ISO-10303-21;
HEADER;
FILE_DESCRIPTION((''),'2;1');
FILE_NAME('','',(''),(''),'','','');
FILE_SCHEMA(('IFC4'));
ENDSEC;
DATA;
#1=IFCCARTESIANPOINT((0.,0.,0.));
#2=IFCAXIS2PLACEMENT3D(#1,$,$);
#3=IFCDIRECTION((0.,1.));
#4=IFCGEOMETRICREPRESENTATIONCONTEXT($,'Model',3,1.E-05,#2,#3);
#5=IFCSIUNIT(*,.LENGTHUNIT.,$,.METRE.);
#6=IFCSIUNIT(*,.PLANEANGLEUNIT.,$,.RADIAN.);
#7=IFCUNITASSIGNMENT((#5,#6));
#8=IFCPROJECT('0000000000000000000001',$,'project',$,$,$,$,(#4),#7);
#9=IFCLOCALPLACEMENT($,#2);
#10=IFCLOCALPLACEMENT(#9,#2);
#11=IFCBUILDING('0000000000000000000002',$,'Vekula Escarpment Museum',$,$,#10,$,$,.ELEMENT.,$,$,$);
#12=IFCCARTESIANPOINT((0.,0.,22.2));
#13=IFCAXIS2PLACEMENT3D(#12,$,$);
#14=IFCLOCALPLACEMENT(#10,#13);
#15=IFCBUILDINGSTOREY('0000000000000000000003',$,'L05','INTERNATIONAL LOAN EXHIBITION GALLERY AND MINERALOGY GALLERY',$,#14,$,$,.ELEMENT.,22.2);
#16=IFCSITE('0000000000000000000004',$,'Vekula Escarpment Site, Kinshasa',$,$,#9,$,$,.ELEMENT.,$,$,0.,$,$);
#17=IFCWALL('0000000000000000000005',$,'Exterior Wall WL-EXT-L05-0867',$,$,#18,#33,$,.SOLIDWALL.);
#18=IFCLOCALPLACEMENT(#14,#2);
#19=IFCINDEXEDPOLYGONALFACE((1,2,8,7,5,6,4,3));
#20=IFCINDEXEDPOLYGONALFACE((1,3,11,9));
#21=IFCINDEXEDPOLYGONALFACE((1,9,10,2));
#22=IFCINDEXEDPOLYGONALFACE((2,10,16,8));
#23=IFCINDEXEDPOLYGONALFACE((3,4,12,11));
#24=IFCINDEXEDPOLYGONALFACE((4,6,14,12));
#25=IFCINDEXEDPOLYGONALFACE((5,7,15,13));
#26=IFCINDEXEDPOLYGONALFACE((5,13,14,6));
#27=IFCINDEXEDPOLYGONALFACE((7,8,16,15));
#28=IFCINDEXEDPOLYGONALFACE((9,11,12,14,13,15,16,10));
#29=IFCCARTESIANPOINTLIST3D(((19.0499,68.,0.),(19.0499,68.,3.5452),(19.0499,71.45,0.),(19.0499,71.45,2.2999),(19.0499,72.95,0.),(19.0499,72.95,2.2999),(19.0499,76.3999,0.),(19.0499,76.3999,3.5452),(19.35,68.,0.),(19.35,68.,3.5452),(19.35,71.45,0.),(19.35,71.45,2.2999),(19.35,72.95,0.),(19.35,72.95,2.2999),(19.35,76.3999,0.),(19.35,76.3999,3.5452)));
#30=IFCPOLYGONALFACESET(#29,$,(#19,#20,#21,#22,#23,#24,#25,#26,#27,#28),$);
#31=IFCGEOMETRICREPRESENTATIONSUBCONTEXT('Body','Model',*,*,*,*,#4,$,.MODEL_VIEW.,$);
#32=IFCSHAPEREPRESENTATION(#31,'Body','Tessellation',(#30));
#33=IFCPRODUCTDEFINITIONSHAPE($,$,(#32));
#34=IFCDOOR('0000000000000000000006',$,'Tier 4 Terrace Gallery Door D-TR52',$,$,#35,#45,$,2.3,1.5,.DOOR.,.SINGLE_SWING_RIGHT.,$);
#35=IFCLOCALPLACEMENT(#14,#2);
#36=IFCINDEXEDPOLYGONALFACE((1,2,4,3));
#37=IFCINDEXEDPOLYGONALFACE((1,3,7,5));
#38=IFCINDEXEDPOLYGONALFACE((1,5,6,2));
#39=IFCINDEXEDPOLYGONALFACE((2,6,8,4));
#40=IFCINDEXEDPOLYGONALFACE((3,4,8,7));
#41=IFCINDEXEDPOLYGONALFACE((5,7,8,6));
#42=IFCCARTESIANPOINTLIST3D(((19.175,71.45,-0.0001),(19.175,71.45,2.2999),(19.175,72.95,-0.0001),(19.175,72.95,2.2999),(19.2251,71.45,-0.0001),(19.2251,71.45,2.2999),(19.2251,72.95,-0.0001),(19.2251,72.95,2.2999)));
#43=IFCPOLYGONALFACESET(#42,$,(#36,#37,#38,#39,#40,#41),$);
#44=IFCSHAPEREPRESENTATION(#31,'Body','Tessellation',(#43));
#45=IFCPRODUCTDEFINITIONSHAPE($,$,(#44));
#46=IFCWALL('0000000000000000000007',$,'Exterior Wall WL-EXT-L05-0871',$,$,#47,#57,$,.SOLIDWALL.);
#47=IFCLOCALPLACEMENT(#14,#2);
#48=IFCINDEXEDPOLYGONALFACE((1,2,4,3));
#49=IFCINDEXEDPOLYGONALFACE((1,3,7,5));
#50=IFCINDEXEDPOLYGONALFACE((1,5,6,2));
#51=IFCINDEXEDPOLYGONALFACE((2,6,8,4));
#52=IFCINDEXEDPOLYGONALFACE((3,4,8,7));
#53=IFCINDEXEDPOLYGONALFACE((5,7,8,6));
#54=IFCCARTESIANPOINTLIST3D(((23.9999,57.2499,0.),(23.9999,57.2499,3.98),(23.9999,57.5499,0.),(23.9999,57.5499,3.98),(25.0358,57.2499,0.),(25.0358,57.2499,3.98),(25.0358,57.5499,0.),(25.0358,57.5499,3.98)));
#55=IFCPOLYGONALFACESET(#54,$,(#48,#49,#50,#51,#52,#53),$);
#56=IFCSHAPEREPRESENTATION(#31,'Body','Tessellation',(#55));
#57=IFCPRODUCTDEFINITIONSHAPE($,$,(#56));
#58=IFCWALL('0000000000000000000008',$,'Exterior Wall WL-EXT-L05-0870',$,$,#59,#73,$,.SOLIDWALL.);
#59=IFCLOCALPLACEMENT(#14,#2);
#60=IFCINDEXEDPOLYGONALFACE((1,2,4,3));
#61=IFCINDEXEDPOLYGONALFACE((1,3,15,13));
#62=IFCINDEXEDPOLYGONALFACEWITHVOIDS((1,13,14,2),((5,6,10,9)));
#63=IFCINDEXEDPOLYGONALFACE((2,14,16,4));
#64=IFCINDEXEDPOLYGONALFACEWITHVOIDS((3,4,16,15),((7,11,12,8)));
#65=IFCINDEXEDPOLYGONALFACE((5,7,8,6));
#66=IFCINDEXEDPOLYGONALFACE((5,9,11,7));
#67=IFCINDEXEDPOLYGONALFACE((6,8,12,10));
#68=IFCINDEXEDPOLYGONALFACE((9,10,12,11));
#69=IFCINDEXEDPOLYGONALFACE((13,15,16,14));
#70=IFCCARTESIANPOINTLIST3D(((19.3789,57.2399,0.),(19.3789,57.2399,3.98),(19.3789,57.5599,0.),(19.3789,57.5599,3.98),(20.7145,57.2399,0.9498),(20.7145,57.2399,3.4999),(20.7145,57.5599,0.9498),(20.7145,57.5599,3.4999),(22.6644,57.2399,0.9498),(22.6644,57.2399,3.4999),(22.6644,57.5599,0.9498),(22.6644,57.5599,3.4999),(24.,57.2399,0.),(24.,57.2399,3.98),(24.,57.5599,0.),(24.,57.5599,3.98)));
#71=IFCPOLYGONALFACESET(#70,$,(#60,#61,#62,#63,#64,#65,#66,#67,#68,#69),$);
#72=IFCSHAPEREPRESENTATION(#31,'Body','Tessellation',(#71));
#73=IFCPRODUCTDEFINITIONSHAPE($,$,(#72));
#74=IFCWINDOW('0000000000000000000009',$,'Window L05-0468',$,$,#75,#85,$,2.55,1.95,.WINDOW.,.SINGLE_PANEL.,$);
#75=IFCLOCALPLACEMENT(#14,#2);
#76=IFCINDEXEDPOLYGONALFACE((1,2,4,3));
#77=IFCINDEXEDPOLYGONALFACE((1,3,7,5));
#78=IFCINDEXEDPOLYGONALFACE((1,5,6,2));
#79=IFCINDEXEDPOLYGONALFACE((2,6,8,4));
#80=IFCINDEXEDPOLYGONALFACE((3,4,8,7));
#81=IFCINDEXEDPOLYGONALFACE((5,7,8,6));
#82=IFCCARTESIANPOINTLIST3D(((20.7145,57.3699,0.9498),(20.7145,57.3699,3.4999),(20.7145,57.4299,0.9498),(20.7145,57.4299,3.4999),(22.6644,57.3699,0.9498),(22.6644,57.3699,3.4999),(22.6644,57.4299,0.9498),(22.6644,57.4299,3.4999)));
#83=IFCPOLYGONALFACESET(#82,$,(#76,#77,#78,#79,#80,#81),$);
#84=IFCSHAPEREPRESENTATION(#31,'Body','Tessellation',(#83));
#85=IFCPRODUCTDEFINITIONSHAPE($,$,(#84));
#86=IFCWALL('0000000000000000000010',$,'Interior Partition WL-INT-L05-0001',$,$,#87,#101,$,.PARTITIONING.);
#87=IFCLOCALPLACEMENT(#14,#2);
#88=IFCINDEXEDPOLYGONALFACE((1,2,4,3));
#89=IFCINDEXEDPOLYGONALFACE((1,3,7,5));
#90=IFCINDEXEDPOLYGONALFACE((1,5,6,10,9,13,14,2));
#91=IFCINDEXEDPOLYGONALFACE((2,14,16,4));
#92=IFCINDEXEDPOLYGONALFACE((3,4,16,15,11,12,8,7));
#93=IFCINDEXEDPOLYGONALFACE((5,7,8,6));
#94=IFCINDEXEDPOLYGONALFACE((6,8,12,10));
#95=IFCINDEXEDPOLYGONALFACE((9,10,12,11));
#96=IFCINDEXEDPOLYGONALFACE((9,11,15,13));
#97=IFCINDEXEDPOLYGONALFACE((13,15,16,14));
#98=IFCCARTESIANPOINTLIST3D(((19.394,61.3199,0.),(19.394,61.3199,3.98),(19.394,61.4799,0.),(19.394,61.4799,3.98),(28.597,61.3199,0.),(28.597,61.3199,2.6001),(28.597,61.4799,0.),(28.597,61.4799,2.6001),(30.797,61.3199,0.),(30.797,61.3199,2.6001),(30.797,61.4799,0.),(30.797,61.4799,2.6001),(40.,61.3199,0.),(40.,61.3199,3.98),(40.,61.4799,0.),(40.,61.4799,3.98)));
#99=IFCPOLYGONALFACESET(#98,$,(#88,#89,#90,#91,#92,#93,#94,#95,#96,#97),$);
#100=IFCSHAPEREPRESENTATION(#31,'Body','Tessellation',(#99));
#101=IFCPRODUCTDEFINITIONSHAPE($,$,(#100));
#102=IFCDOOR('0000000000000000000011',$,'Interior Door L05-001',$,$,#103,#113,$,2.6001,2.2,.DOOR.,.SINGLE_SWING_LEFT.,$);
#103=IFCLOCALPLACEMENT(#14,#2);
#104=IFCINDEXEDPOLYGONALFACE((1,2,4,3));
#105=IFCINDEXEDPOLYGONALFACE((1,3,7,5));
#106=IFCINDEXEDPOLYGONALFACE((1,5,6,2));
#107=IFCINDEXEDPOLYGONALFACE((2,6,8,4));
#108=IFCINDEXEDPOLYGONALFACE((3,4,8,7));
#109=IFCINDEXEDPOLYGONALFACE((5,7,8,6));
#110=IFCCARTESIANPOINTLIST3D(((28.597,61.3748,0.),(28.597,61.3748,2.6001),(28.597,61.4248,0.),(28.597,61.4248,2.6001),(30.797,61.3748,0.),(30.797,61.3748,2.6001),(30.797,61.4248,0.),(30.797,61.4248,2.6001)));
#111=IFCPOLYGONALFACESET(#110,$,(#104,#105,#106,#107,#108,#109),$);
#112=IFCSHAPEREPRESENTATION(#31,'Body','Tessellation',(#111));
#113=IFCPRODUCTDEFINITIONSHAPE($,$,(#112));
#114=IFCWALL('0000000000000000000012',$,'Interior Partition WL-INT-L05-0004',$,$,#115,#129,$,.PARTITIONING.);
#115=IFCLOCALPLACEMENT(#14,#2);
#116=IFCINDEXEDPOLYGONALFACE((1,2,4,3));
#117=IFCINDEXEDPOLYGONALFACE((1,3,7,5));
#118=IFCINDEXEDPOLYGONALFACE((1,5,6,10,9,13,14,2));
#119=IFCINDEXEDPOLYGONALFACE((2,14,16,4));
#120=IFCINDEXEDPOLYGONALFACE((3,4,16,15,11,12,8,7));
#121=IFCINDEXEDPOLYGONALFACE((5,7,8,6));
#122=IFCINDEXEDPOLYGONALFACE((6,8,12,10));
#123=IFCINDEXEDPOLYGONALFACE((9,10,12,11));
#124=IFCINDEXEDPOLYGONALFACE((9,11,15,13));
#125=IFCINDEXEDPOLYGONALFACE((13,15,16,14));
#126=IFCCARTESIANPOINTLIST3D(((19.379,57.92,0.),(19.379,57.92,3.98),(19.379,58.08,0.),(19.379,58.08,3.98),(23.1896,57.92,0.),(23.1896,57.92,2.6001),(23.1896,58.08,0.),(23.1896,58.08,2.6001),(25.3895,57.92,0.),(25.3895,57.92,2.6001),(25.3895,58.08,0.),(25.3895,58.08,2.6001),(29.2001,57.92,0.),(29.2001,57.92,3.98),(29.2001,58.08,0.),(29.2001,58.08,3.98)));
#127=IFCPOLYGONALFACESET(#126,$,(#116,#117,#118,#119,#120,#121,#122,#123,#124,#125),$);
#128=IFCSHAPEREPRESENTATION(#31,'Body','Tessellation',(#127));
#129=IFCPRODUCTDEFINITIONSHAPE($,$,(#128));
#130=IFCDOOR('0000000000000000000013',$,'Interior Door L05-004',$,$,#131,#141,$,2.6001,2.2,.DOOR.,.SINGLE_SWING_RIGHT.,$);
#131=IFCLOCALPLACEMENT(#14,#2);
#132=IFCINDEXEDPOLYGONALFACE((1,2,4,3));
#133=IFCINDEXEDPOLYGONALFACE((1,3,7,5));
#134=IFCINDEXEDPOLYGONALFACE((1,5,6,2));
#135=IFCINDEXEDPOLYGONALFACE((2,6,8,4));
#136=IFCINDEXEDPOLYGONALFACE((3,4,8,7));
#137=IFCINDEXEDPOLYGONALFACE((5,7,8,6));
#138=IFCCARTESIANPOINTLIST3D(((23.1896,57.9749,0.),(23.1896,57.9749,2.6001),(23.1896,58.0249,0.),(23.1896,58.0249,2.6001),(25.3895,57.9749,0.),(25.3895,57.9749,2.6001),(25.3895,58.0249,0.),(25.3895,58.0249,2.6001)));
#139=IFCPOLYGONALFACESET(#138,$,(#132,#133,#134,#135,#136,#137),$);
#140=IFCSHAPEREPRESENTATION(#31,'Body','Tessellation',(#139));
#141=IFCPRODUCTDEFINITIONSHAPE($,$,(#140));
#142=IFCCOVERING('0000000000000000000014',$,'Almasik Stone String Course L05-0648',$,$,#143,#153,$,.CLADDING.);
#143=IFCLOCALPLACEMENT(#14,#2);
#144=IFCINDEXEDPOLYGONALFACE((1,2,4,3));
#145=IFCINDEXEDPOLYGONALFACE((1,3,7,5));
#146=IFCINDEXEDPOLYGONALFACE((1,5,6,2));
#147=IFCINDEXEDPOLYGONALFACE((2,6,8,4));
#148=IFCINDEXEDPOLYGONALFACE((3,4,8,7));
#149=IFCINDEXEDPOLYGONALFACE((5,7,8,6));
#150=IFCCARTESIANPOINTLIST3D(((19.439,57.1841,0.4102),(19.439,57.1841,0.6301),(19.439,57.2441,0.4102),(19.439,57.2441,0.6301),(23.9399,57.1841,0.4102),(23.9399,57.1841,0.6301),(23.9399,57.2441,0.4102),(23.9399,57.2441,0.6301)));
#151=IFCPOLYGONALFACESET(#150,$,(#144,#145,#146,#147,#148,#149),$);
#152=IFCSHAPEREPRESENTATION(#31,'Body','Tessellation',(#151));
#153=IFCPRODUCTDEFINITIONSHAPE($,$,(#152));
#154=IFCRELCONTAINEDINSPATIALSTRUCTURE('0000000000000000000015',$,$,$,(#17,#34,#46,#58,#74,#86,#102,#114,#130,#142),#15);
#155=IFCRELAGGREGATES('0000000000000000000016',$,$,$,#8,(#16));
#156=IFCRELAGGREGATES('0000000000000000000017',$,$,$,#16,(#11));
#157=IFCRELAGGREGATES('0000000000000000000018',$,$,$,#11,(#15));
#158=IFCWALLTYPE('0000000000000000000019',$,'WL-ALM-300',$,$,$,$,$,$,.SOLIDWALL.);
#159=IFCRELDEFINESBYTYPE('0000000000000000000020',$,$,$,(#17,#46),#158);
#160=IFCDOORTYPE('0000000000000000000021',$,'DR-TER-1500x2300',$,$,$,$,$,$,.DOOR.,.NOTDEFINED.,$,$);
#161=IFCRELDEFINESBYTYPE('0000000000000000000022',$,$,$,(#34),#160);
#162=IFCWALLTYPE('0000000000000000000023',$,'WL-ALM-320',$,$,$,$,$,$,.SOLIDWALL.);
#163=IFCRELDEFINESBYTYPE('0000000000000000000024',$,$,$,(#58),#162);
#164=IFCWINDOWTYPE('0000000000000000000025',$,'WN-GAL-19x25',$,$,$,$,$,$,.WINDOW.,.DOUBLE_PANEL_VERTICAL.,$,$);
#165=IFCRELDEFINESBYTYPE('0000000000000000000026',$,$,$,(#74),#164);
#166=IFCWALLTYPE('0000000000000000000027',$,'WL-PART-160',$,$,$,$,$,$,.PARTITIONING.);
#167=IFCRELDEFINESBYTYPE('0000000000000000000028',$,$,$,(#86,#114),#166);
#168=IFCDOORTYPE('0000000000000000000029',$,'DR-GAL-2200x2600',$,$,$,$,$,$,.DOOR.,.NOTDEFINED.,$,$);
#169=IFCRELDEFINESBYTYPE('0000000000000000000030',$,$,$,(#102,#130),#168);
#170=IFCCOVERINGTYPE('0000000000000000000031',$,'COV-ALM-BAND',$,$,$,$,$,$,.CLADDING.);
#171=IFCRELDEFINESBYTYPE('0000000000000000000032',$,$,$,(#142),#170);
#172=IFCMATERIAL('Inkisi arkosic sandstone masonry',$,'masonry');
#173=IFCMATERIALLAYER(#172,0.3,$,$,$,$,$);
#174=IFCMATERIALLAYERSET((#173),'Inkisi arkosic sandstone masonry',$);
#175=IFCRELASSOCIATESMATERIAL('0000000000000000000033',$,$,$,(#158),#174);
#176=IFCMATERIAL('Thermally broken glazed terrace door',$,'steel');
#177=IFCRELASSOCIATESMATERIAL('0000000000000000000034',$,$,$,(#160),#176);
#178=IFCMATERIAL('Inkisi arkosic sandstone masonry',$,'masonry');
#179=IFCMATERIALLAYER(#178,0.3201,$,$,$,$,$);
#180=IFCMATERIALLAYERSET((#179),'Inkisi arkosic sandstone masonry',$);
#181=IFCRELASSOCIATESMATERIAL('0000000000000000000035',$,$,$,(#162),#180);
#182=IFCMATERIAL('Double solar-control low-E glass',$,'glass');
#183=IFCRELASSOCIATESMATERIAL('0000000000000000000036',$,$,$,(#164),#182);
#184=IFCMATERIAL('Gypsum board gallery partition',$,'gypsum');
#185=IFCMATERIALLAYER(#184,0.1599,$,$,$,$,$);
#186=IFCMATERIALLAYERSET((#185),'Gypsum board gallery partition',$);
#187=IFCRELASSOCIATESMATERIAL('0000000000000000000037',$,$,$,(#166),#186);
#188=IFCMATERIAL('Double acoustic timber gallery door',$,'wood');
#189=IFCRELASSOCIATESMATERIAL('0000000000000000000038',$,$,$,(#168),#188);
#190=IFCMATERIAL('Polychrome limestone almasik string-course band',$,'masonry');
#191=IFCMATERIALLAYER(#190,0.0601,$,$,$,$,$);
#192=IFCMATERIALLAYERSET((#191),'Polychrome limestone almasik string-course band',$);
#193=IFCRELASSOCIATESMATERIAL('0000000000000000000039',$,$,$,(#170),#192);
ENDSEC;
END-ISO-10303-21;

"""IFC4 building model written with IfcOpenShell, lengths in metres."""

from ifc_helpers import new_model, si_unit, direction, frame, frame_2d, origin, origin_2d, place, context, subcontext, project, spatial, rectangle, extrude, material, layer, layer_set, type_object, element, fill, save


model = new_model("IFC4")

# Units and contexts
model_context = context("Model", 3, precision=1e-05, world=origin(), true_north=direction((0.0, 1.0)))
body_context = subcontext(model_context, "Body", "Model", "MODEL_VIEW")
ifc_project = project(units=[si_unit("LENGTHUNIT", "METRE"), si_unit("PLANEANGLEUNIT", "RADIAN")], contexts=[model_context])

# Site, building, storey
site_placement = place(None, origin())
site = spatial("IfcSite", under=ifc_project, at=site_placement, Name="Vekula Escarpment Site, Kinshasa", CompositionType="ELEMENT", RefElevation=0.0)
building_placement = place(site_placement, origin())
building = spatial("IfcBuilding", under=site, at=building_placement, Name="Vekula Escarpment Museum", CompositionType="ELEMENT")
storey_placement = place(building_placement, frame((0.0, 0.0, 22.2)))
storey = spatial("IfcBuildingStorey", under=building, at=storey_placement, Name="L05", Description="INTERNATIONAL LOAN EXHIBITION GALLERY AND MINERALOGY GALLERY", CompositionType="ELEMENT", Elevation=22.2)

# Wall, opening, door
ifc_material_1 = material(Name="Inkisi arkosic sandstone masonry", Category="masonry")
ifc_layer_1 = layer(ifc_material_1, 0.3)
ifc_layer_set_1 = layer_set([ifc_layer_1], Name="Inkisi arkosic sandstone masonry")
wall_type_1 = type_object("IfcWallType", Name="WL-ALM-300", PredefinedType="SOLIDWALL", material=ifc_layer_set_1)
wall_1_placement = place(storey_placement, frame((19.2, 68.0, 0.0), z_axis=(0.0, 0.0, 1.0), x_axis=(0.0, 1.0, 0.0)))
wall_1 = element("IfcWall", 1, at=wall_1_placement, inside=storey, type_object=wall_type_1, Name="Exterior Wall WL-EXT-L05-0867", PredefinedType="SOLIDWALL", context=body_context, shape_type="SweptSolid", body=[
    extrude(rectangle(XDim=8.3999, YDim=0.3, at=frame_2d((4.2, 0.0))), origin(), (0.0, 0.0, 1.0), 3.5452),
])
opening_1_placement = place(wall_1_placement, frame((3.45, 0.0, 0.0)))
opening_1 = element("IfcOpeningElement", 2, at=opening_1_placement, cuts=wall_1, PredefinedType="OPENING", context=body_context, shape_type="SweptSolid", body=[
    extrude(rectangle(XDim=1.5, YDim=2.3, at=frame_2d((0.75, 1.1499))), frame((0.0, 0.1599, 0.0), z_axis=(0.0, -1.0, 0.0), x_axis=(1.0, 0.0, 0.0)), (0.0, 0.0, 1.0), 0.3201),
])
ifc_material_2 = material(Name="Thermally broken glazed terrace door", Category="steel")
door_type_1 = type_object("IfcDoorType", Name="DR-TER-1500x2300", OperationType="NOTDEFINED", PredefinedType="DOOR", material=ifc_material_2)
door_1_placement = place(opening_1_placement, origin())
door_1 = element("IfcDoor", 3, at=door_1_placement, inside=storey, type_object=door_type_1, Name="Tier 4 Terrace Gallery Door D-TR52", OperationType="SINGLE_SWING_RIGHT", OverallHeight=2.3, OverallWidth=1.5, PredefinedType="DOOR", context=body_context, shape_type="SweptSolid", body=[
    extrude(rectangle(XDim=1.5, YDim=2.3, at=frame_2d((0.75, 1.1499))), frame((0.0, 0.0249, 0.0), z_axis=(0.0, -1.0, 0.0), x_axis=(1.0, 0.0, 0.0)), (0.0, 0.0, 1.0), 0.05),
])
fill(opening_1, door_1)

# Wall
wall_2_placement = place(storey_placement, frame((25.0359, 57.3999, 0.0), z_axis=(0.0, 0.0, 1.0), x_axis=(-1.0, 0.0, 0.0)))
element("IfcWall", 4, at=wall_2_placement, inside=storey, type_object=wall_type_1, Name="Exterior Wall WL-EXT-L05-0871", PredefinedType="SOLIDWALL", context=body_context, shape_type="SweptSolid", body=[
    extrude(rectangle(XDim=1.0359, YDim=0.3, at=frame_2d((0.5181, 0.0))), origin(), (0.0, 0.0, 1.0), 3.98),
])

# Wall, opening, window
ifc_material_3 = material(Name="Inkisi arkosic sandstone masonry", Category="masonry")
ifc_layer_2 = layer(ifc_material_3, 0.3201)
ifc_layer_set_2 = layer_set([ifc_layer_2], Name="Inkisi arkosic sandstone masonry")
wall_type_2 = type_object("IfcWallType", Name="WL-ALM-320", PredefinedType="SOLIDWALL", material=ifc_layer_set_2)
wall_3_placement = place(storey_placement, frame((24.0, 57.3999, 0.0), z_axis=(0.0, 0.0, 1.0), x_axis=(-1.0, 0.0, 0.0)))
wall_3 = element("IfcWall", 5, at=wall_3_placement, inside=storey, type_object=wall_type_2, Name="Exterior Wall WL-EXT-L05-0870", PredefinedType="SOLIDWALL", context=body_context, shape_type="SweptSolid", body=[
    extrude(rectangle(XDim=4.6211, YDim=0.3201, at=frame_2d((2.3105, 0.0))), origin(), (0.0, 0.0, 1.0), 3.98),
])
opening_2_placement = place(wall_3_placement, frame((1.3354, 0.0, 0.95)))
opening_2 = element("IfcOpeningElement", 6, at=opening_2_placement, cuts=wall_3, PredefinedType="OPENING", context=body_context, shape_type="SweptSolid", body=[
    extrude(rectangle(XDim=1.95, YDim=2.55, at=frame_2d((0.9751, 1.2749))), frame((0.0, 0.1699, 0.0), z_axis=(0.0, -1.0, 0.0), x_axis=(1.0, 0.0, 0.0)), (0.0, 0.0, 1.0), 0.3401),
])
ifc_material_4 = material(Name="Double solar-control low-E glass", Category="glass")
window_type = type_object("IfcWindowType", Name="WN-GAL-19x25", PartitioningType="DOUBLE_PANEL_VERTICAL", PredefinedType="WINDOW", material=ifc_material_4)
window_placement = place(opening_2_placement, origin())
window = element("IfcWindow", 7, at=window_placement, inside=storey, type_object=window_type, Name="Window L05-0468", OverallHeight=2.55, OverallWidth=1.95, PartitioningType="SINGLE_PANEL", PredefinedType="WINDOW", context=body_context, shape_type="SweptSolid", body=[
    extrude(rectangle(XDim=1.95, YDim=2.55, at=frame_2d((0.9751, 1.2749))), frame((0.0, 0.03, 0.0), z_axis=(0.0, -1.0, 0.0), x_axis=(1.0, 0.0, 0.0)), (0.0, 0.0, 1.0), 0.0601),
])
fill(opening_2, window)

# Walls, openings, doors
ifc_material_5 = material(Name="Gypsum board gallery partition", Category="gypsum")
ifc_layer_3 = layer(ifc_material_5, 0.1599)
ifc_layer_set_3 = layer_set([ifc_layer_3], Name="Gypsum board gallery partition")
wall_type_3 = type_object("IfcWallType", Name="WL-PART-160", PredefinedType="PARTITIONING", material=ifc_layer_set_3)
wall_4_placement = place(storey_placement, frame((19.394, 61.3999, 0.0), z_axis=(0.0, 0.0, 1.0), x_axis=(1.0, 0.0, 0.0)))
wall_4 = element("IfcWall", 8, at=wall_4_placement, inside=storey, type_object=wall_type_3, Name="Interior Partition WL-INT-L05-0001", PredefinedType="PARTITIONING", context=body_context, shape_type="SweptSolid", body=[
    extrude(rectangle(XDim=20.606, YDim=0.1599, at=frame_2d((10.303, 0.0))), origin(), (0.0, 0.0, 1.0), 3.98),
])
opening_3_placement = place(wall_4_placement, frame((9.2029, 0.0, 0.0)))
opening_3 = element("IfcOpeningElement", 9, at=opening_3_placement, cuts=wall_4, PredefinedType="OPENING", context=body_context, shape_type="SweptSolid", body=[
    extrude(rectangle(XDim=2.2, YDim=2.6001, at=frame_2d((1.1001, 1.3))), frame((0.0, 0.0898, 0.0), z_axis=(0.0, -1.0, 0.0), x_axis=(1.0, 0.0, 0.0)), (0.0, 0.0, 1.0), 0.1799),
])
ifc_material_6 = material(Name="Double acoustic timber gallery door", Category="wood")
door_type_2 = type_object("IfcDoorType", Name="DR-GAL-2200x2600", OperationType="NOTDEFINED", PredefinedType="DOOR", material=ifc_material_6)
door_2_placement = place(opening_3_placement, origin())
door_2 = element("IfcDoor", 10, at=door_2_placement, inside=storey, type_object=door_type_2, Name="Interior Door L05-001", OperationType="SINGLE_SWING_LEFT", OverallHeight=2.6001, OverallWidth=2.2, PredefinedType="DOOR", context=body_context, shape_type="SweptSolid", body=[
    extrude(rectangle(XDim=2.2, YDim=2.6001, at=frame_2d((1.1001, 1.3))), frame((0.0, 0.0249, 0.0), z_axis=(0.0, -1.0, 0.0), x_axis=(1.0, 0.0, 0.0)), (0.0, 0.0, 1.0), 0.05),
])
fill(opening_3, door_2)
wall_5_placement = place(storey_placement, frame((19.3789, 58.0, 0.0), z_axis=(0.0, 0.0, 1.0), x_axis=(1.0, 0.0, 0.0)))
wall_5 = element("IfcWall", 11, at=wall_5_placement, inside=storey, type_object=wall_type_3, Name="Interior Partition WL-INT-L05-0004", PredefinedType="PARTITIONING", context=body_context, shape_type="SweptSolid", body=[
    extrude(rectangle(XDim=9.821, YDim=0.1599, at=frame_2d((4.9106, 0.0))), origin(), (0.0, 0.0, 1.0), 3.98),
])
opening_4_placement = place(wall_5_placement, frame((3.8105, 0.0, 0.0)))
opening_4 = element("IfcOpeningElement", 12, at=opening_4_placement, cuts=wall_5, PredefinedType="OPENING", context=body_context, shape_type="SweptSolid", body=[
    extrude(rectangle(XDim=2.2, YDim=2.6001, at=frame_2d((1.1001, 1.3))), frame((0.0, 0.0898, 0.0), z_axis=(0.0, -1.0, 0.0), x_axis=(1.0, 0.0, 0.0)), (0.0, 0.0, 1.0), 0.1799),
])
door_3_placement = place(opening_4_placement, origin())
door_3 = element("IfcDoor", 13, at=door_3_placement, inside=storey, type_object=door_type_2, Name="Interior Door L05-004", OperationType="SINGLE_SWING_RIGHT", OverallHeight=2.6001, OverallWidth=2.2, PredefinedType="DOOR", context=body_context, shape_type="SweptSolid", body=[
    extrude(rectangle(XDim=2.2, YDim=2.6001, at=frame_2d((1.1001, 1.3))), frame((0.0, 0.0249, 0.0), z_axis=(0.0, -1.0, 0.0), x_axis=(1.0, 0.0, 0.0)), (0.0, 0.0, 1.0), 0.05),
])
fill(opening_4, door_3)

# Covering
ifc_material_7 = material(Name="Polychrome limestone almasik string-course band", Category="masonry")
ifc_layer_4 = layer(ifc_material_7, 0.0601)
ifc_layer_set_4 = layer_set([ifc_layer_4], Name="Polychrome limestone almasik string-course band")
covering_type = type_object("IfcCoveringType", Name="COV-ALM-BAND", PredefinedType="CLADDING", material=ifc_layer_set_4)
covering_placement = place(storey_placement, frame((21.6895, 57.2141, 0.4102), z_axis=(0.0, 0.0, 1.0), x_axis=(1.0, 0.0, 0.0)))
element("IfcCovering", 14, at=covering_placement, inside=storey, type_object=covering_type, Name="Almasik Stone String Course L05-0648", PredefinedType="CLADDING", context=body_context, shape_type="SweptSolid", body=[
    extrude(rectangle(XDim=4.501, YDim=0.0601, at=origin_2d()), origin(), (0.0, 0.0, 1.0), 0.22),
])

save(model, "model.ifc")
